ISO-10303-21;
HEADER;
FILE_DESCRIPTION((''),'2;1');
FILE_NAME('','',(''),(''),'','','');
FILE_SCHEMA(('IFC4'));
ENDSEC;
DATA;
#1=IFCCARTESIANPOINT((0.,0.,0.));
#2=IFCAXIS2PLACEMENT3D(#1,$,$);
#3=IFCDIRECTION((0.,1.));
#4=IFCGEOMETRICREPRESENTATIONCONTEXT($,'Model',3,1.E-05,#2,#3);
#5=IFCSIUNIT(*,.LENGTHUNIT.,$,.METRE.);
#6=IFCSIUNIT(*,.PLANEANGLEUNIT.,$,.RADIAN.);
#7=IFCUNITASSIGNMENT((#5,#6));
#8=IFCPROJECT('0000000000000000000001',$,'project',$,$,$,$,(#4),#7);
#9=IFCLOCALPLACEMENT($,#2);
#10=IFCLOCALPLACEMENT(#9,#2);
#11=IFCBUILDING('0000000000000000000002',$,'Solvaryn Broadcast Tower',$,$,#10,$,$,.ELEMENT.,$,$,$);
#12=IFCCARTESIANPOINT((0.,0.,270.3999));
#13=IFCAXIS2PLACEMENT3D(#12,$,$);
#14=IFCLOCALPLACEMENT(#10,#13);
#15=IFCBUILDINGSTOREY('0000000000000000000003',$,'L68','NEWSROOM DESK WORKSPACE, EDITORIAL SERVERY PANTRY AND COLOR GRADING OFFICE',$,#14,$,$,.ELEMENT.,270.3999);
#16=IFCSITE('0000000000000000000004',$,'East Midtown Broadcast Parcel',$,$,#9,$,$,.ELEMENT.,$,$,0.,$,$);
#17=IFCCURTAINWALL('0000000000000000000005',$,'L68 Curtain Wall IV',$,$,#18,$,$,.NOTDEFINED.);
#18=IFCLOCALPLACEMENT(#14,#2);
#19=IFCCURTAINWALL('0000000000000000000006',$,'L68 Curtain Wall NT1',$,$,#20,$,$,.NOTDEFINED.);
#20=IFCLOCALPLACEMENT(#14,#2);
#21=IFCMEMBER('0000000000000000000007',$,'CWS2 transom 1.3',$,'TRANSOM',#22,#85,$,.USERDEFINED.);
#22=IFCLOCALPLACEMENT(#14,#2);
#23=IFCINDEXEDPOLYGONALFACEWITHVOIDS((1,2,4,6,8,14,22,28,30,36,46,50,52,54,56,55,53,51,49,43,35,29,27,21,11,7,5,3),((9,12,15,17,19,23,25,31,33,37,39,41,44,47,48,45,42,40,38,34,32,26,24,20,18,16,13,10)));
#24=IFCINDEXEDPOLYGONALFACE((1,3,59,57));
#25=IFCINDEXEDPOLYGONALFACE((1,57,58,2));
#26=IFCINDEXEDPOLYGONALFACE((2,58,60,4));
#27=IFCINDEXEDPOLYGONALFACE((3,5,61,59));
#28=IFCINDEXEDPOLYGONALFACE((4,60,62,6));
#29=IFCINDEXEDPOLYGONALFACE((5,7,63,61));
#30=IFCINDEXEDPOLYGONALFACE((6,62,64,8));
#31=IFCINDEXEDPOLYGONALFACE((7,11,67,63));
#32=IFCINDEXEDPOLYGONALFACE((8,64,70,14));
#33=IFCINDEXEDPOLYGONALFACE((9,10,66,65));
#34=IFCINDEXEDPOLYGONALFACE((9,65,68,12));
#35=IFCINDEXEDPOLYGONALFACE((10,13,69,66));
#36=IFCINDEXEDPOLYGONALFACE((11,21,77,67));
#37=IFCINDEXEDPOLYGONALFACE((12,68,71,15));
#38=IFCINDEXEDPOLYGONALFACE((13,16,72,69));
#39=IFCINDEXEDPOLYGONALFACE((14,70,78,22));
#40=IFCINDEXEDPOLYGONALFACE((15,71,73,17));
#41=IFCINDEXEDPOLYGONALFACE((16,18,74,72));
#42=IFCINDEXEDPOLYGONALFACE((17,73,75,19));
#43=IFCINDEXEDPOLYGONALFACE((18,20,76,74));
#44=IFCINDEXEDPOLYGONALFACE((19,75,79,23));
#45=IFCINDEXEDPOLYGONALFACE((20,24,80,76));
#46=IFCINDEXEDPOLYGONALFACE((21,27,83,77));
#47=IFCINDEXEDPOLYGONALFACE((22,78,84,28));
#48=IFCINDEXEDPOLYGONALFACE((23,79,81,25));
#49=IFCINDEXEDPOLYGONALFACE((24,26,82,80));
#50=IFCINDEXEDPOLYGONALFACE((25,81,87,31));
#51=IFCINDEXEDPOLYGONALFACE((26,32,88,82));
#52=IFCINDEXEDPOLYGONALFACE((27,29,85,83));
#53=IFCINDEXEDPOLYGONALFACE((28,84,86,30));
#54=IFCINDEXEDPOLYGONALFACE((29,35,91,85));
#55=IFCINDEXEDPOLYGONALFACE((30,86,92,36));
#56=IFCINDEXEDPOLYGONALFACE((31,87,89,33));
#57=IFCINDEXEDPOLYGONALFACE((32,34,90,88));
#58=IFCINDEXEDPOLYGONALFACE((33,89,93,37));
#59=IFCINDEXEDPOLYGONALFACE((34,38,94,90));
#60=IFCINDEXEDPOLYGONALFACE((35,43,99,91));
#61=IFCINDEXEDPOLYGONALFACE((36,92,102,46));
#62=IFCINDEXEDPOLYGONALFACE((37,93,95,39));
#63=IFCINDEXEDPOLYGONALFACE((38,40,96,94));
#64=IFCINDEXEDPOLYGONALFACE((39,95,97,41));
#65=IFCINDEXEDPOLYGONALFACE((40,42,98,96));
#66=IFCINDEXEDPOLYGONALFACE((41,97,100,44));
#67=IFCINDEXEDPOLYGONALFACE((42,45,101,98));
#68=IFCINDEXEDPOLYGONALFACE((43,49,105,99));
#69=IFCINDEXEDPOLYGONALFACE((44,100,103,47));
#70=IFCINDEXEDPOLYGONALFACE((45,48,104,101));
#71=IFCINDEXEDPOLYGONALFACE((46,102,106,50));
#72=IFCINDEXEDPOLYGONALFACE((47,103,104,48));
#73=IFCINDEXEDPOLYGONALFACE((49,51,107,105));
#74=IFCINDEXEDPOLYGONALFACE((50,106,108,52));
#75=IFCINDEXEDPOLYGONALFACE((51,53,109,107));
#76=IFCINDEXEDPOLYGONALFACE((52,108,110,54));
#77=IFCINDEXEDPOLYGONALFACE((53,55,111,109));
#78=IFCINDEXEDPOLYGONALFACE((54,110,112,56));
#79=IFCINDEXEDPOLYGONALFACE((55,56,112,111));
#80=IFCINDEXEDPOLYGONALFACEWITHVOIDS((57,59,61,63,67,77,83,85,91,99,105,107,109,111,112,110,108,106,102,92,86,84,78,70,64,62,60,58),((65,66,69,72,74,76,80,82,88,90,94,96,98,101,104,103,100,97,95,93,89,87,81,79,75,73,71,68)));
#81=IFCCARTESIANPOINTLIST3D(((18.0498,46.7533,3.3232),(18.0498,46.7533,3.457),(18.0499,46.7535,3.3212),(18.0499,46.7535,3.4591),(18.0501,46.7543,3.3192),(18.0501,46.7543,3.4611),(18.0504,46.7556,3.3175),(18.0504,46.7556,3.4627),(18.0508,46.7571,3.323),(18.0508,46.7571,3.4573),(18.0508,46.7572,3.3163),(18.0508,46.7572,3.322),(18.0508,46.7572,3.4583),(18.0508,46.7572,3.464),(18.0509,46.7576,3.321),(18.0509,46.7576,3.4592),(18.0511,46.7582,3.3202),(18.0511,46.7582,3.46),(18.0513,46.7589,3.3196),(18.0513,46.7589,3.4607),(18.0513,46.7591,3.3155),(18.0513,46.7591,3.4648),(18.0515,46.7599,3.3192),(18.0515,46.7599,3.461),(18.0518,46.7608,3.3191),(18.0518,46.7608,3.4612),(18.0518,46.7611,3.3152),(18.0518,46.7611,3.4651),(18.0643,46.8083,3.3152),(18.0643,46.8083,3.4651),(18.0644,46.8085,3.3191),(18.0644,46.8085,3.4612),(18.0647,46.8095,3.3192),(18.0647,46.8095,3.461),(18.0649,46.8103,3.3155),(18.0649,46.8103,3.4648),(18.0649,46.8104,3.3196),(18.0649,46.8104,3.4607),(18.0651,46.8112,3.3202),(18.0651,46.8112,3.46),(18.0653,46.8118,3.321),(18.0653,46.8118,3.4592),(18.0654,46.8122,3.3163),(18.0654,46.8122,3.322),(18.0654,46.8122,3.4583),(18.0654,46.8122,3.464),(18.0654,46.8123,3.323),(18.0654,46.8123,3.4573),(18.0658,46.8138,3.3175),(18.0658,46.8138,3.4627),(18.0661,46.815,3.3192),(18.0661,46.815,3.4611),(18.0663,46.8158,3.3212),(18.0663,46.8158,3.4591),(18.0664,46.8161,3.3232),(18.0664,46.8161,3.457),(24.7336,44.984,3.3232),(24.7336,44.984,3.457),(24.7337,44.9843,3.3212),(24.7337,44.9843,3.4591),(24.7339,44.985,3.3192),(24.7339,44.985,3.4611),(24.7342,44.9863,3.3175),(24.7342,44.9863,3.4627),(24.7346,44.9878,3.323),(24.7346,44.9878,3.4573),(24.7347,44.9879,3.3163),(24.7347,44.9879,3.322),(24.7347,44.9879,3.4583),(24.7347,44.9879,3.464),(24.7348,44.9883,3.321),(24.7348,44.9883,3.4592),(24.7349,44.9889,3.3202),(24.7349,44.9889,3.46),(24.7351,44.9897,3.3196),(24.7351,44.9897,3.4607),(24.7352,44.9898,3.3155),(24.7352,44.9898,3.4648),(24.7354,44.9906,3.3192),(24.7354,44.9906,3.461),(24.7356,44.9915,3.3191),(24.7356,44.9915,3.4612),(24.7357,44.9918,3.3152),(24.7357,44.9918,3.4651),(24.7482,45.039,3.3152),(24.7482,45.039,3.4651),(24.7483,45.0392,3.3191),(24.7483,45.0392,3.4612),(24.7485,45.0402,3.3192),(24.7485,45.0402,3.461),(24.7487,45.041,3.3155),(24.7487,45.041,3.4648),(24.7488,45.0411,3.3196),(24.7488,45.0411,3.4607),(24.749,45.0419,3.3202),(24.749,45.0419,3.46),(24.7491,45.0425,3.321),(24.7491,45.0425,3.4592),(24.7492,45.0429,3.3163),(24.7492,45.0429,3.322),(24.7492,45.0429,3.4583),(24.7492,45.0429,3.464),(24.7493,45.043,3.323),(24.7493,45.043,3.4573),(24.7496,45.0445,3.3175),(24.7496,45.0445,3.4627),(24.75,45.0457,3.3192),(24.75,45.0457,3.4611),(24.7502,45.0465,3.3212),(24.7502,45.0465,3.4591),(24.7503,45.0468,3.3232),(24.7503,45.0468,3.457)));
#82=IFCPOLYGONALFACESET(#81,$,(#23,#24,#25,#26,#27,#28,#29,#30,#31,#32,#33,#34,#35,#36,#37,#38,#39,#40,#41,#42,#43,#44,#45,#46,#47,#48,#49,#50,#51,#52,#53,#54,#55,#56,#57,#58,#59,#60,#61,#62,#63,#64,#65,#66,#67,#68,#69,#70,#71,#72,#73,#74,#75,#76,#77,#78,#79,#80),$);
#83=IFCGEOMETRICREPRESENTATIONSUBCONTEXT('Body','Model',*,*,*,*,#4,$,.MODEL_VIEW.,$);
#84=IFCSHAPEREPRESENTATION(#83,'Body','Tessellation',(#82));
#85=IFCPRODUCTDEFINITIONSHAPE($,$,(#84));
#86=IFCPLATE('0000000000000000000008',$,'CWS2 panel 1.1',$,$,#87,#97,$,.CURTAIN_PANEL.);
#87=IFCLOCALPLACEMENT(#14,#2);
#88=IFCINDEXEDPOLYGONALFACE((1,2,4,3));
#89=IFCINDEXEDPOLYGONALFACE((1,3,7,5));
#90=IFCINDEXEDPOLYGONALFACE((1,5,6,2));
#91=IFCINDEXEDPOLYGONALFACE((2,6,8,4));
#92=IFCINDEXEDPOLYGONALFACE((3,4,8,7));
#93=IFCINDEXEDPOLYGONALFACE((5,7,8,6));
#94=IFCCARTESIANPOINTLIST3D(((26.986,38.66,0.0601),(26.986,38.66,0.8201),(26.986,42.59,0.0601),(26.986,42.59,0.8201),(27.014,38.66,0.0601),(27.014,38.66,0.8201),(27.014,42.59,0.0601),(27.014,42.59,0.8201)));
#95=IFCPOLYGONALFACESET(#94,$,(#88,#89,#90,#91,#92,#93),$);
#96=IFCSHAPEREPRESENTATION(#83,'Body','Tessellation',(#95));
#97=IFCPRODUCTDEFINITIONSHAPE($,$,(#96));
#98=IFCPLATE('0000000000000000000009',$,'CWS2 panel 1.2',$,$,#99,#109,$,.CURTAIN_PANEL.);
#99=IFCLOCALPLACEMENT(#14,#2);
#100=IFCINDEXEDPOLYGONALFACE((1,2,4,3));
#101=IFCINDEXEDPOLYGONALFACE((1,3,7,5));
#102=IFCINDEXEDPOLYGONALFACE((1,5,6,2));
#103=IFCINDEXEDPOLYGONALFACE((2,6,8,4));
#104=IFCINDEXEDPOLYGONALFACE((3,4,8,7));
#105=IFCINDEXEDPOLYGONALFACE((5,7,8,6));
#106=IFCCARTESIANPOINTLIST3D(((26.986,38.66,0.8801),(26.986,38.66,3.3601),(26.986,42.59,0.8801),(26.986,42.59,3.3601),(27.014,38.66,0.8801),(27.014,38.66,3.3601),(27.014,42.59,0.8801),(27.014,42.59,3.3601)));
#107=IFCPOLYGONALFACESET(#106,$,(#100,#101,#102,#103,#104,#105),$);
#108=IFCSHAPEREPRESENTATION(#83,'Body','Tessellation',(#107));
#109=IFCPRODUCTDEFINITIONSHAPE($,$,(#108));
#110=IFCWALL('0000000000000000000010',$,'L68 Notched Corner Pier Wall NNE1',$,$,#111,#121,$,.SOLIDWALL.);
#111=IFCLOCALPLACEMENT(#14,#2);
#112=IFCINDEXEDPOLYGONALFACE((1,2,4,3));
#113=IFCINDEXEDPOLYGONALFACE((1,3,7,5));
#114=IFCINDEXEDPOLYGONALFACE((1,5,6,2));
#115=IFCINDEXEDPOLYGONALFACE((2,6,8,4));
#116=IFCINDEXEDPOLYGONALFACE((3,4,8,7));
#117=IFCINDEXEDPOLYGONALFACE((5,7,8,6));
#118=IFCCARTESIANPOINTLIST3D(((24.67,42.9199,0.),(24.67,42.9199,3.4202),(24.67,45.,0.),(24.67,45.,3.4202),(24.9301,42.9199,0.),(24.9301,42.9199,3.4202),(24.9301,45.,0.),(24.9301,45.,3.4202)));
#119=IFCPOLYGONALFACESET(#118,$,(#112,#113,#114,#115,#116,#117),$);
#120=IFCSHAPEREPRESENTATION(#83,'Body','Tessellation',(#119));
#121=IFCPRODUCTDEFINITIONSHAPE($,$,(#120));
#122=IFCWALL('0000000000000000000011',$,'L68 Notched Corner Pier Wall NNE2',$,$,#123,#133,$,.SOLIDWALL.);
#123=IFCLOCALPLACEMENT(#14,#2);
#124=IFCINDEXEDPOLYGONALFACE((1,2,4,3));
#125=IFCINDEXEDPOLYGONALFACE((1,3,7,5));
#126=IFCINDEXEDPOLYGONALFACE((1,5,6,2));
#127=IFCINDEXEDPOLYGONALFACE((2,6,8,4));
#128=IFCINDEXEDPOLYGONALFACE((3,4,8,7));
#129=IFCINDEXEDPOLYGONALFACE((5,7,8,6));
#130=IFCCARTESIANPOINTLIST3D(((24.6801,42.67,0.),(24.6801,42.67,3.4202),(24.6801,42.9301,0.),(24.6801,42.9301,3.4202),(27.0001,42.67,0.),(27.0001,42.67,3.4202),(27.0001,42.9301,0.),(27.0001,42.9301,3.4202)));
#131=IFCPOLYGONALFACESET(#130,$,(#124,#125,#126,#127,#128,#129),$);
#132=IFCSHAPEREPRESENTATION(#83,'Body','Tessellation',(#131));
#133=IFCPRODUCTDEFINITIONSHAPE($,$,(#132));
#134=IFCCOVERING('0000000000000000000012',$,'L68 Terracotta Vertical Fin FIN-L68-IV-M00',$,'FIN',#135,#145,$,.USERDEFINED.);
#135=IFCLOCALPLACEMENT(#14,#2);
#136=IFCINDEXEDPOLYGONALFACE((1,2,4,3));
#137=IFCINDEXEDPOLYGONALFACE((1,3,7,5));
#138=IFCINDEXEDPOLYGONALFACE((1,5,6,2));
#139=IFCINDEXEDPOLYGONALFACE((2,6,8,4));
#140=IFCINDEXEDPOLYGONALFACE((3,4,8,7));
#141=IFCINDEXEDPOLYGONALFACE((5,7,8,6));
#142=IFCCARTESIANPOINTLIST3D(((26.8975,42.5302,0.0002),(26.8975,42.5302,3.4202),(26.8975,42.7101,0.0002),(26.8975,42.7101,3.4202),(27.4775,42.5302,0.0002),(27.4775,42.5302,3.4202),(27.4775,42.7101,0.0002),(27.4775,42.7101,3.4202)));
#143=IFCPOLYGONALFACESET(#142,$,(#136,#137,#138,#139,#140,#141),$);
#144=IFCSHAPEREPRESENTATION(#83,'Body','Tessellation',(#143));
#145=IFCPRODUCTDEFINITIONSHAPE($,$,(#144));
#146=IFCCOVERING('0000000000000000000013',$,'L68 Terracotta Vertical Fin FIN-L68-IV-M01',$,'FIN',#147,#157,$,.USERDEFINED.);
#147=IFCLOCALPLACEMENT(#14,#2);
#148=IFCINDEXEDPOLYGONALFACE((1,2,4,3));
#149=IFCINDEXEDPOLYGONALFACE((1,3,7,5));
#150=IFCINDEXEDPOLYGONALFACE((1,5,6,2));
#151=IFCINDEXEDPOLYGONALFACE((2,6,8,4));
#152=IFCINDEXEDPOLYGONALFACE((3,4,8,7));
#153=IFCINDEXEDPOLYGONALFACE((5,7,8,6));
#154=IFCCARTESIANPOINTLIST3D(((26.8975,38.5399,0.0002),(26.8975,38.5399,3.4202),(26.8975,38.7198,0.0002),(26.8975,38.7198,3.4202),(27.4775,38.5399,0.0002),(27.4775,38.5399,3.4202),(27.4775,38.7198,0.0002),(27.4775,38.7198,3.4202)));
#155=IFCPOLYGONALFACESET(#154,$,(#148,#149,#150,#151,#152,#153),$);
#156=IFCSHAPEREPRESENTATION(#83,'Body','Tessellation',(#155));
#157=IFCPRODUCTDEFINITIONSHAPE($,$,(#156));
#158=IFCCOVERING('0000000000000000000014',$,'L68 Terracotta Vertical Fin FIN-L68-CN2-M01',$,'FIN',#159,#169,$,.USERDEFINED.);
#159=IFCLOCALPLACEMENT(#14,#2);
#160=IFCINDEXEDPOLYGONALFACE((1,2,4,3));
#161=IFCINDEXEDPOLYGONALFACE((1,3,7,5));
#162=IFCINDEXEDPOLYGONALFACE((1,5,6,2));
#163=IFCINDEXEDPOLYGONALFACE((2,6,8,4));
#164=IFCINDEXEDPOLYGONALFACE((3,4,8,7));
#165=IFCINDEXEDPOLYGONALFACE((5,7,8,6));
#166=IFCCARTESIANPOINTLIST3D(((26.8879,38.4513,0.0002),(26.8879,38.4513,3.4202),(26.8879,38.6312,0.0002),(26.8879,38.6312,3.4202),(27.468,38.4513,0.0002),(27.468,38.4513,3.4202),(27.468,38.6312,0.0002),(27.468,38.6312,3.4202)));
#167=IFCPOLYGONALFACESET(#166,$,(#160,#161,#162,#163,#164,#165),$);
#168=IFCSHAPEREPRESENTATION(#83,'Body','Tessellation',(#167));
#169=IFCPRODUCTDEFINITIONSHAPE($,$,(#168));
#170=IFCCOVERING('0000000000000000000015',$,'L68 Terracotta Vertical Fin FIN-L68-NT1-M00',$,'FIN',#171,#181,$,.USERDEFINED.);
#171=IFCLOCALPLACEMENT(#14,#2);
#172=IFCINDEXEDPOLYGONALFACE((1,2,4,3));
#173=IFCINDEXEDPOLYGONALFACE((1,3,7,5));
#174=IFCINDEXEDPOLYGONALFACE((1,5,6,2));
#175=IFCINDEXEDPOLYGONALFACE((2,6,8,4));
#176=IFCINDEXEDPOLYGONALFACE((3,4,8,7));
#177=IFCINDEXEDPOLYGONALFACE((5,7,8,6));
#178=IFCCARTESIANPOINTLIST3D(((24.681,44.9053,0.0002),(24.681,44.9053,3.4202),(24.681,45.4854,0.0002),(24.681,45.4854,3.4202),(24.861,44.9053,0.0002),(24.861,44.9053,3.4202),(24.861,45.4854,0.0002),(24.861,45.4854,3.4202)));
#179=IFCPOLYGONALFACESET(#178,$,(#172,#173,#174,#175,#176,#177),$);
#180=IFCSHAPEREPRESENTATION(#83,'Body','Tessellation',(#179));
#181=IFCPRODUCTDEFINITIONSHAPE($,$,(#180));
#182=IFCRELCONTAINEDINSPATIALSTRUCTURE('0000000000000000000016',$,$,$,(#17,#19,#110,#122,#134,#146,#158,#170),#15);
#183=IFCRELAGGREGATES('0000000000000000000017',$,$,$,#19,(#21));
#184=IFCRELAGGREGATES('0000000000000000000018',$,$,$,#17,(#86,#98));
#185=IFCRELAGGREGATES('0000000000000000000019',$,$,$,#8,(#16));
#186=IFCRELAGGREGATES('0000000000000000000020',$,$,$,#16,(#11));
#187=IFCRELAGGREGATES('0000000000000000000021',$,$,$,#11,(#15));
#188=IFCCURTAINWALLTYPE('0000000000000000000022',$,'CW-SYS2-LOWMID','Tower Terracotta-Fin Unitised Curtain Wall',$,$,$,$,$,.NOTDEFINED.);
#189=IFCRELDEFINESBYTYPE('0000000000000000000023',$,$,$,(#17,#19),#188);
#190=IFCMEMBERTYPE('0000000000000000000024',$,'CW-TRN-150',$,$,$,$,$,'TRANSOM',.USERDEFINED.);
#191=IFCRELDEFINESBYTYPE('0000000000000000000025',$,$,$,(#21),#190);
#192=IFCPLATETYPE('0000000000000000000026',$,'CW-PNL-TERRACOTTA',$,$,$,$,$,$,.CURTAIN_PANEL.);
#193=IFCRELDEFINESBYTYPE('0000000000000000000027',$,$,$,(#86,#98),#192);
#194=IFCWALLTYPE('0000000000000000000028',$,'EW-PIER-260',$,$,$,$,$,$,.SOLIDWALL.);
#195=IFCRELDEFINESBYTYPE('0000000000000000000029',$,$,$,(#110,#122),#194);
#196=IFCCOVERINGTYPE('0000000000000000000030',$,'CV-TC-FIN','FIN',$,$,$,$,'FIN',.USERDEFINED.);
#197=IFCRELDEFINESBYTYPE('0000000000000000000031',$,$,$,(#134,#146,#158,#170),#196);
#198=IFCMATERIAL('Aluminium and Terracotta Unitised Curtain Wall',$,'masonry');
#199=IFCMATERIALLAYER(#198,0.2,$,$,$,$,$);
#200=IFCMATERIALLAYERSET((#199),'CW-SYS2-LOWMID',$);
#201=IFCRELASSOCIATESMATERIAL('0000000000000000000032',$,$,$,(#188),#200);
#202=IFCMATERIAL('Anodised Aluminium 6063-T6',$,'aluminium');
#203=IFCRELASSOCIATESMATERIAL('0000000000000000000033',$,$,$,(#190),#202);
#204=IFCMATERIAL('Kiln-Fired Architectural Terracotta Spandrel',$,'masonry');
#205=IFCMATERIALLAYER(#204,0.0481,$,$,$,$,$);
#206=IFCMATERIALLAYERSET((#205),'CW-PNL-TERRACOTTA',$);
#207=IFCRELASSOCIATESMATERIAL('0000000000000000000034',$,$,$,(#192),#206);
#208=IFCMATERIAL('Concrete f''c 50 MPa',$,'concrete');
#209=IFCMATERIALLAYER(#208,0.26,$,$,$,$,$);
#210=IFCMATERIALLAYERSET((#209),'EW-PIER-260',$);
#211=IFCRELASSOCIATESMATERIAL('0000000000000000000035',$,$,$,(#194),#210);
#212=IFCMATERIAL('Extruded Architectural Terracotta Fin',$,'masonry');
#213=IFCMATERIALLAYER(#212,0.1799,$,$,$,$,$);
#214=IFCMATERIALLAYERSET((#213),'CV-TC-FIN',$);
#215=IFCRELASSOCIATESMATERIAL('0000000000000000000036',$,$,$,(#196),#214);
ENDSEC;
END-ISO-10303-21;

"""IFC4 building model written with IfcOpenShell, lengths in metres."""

from ifc_helpers import new_model, si_unit, direction, frame, frame_2d, origin, origin_2d, place, context, subcontext, project, spatial, rectangle, hollow_rectangle, extrude, material, layer, layer_set, material_profile, profile_set, type_object, element, aggregate, save


model = new_model("IFC4")

# Units and contexts
model_context = context("Model", 3, precision=1e-05, world=origin(), true_north=direction((0.0, 1.0)))
body_context = subcontext(model_context, "Body", "Model", "MODEL_VIEW")
ifc_project = project(units=[si_unit("LENGTHUNIT", "METRE"), si_unit("PLANEANGLEUNIT", "RADIAN")], contexts=[model_context])

# Site, building, storey
site_placement = place(None, origin())
site = spatial("IfcSite", under=ifc_project, at=site_placement, Name="East Midtown Broadcast Parcel", CompositionType="ELEMENT", RefElevation=0.0)
building_placement = place(site_placement, origin())
building = spatial("IfcBuilding", under=site, at=building_placement, Name="Solvaryn Broadcast Tower", CompositionType="ELEMENT")
storey_placement = place(building_placement, frame((0.0, 0.0, 270.3999)))
storey = spatial("IfcBuildingStorey", under=building, at=storey_placement, Name="L68", Description="NEWSROOM DESK WORKSPACE, EDITORIAL SERVERY PANTRY AND COLOR GRADING OFFICE", CompositionType="ELEMENT", Elevation=270.3999)

# Curtain wall
ifc_material_1 = material(Name="Aluminium and Terracotta Unitised Curtain Wall", Category="masonry")
ifc_layer_1 = layer(ifc_material_1, 0.2)
ifc_layer_set_1 = layer_set([ifc_layer_1], Name="CW-SYS2-LOWMID")
curtain_wall_type = type_object("IfcCurtainWallType", Name="CW-SYS2-LOWMID", Description="Tower Terracotta-Fin Unitised Curtain Wall", PredefinedType="NOTDEFINED", material=ifc_layer_set_1)
curtain_wall_1_placement = place(storey_placement, origin())
curtain_wall_1 = element("IfcCurtainWall", 1, at=curtain_wall_1_placement, inside=storey, type_object=curtain_wall_type, Name="L68 Curtain Wall IV", PredefinedType="NOTDEFINED")

# Curtain wall
curtain_wall_2_placement = place(storey_placement, origin())
curtain_wall_2 = element("IfcCurtainWall", 2, at=curtain_wall_2_placement, inside=storey, type_object=curtain_wall_type, Name="L68 Curtain Wall NT1", PredefinedType="NOTDEFINED")

# Member
ifc_material_2 = material(Name="Anodised Aluminium 6063-T6", Category="aluminium")
ifc_material_profile_1 = material_profile(ifc_material_2, hollow_rectangle(XDim=0.0649, YDim=0.1499, WallThickness=0.0039, InnerFilletRadius=0.0039, OuterFilletRadius=0.0081, at=origin_2d()))
ifc_profile_set_1 = profile_set([ifc_material_profile_1], Name="Anodised Aluminium 6063-T6")
member_type_1 = type_object("IfcMemberType", Name="CW-TRN-150", ElementType="TRANSOM", PredefinedType="USERDEFINED", material=ifc_profile_set_1)
member_1_placement = place(storey_placement, frame((24.7419, 45.0154, 3.3901), z_axis=(-0.966704, 0.255897, 0.0), x_axis=(-0.255897, -0.966704, 0.0)))
member_1 = element("IfcMember", 3, at=member_1_placement, type_object=member_type_1, Name="CWS2 transom 1.3", ObjectType="TRANSOM", PredefinedType="USERDEFINED", context=body_context, shape_type="SweptSolid", body=[
    extrude(hollow_rectangle(XDim=0.0649, YDim=0.1499, WallThickness=0.0039, InnerFilletRadius=0.0039, OuterFilletRadius=0.0081, at=origin_2d()), origin(), (0.0, 0.0, 1.0), 6.9141),
])
aggregate(curtain_wall_2, [member_1])

# Plates
ifc_material_3 = material(Name="Kiln-Fired Architectural Terracotta Spandrel", Category="masonry")
ifc_layer_2 = layer(ifc_material_3, 0.0481)
ifc_layer_set_2 = layer_set([ifc_layer_2], Name="CW-PNL-TERRACOTTA")
plate_type = type_object("IfcPlateType", Name="CW-PNL-TERRACOTTA", PredefinedType="CURTAIN_PANEL", material=ifc_layer_set_2)
plate_1_placement = place(storey_placement, frame((27.0, 40.625, 0.0601), z_axis=(0.0, 0.0, 1.0), x_axis=(0.0, -1.0, 0.0)))
plate_1 = element("IfcPlate", 4, at=plate_1_placement, type_object=plate_type, Name="CWS2 panel 1.1", PredefinedType="CURTAIN_PANEL", context=body_context, shape_type="SweptSolid", body=[
    extrude(rectangle(XDim=3.9299, YDim=0.0281, at=origin_2d()), origin(), (0.0, 0.0, 1.0), 0.76),
])
plate_2_placement = place(storey_placement, frame((27.0, 40.625, 0.8801), z_axis=(0.0, 0.0, 1.0), x_axis=(0.0, -1.0, 0.0)))
plate_2 = element("IfcPlate", 5, at=plate_2_placement, type_object=plate_type, Name="CWS2 panel 1.2", PredefinedType="CURTAIN_PANEL", context=body_context, shape_type="SweptSolid", body=[
    extrude(rectangle(XDim=3.9299, YDim=0.0281, at=origin_2d()), origin(), (0.0, 0.0, 1.0), 2.48),
])
aggregate(curtain_wall_1, [plate_1, plate_2])

# Walls
ifc_material_4 = material(Name="Concrete f'c 50 MPa", Category="concrete")
ifc_layer_3 = layer(ifc_material_4, 0.26)
ifc_layer_set_3 = layer_set([ifc_layer_3], Name="EW-PIER-260")
wall_type_1 = type_object("IfcWallType", Name="EW-PIER-260", PredefinedType="SOLIDWALL", material=ifc_layer_set_3)
wall_1_placement = place(storey_placement, frame((24.8, 45.0, 0.0), z_axis=(0.0, 0.0, 1.0), x_axis=(0.0, -1.0, 0.0)))
element("IfcWall", 6, at=wall_1_placement, inside=storey, type_object=wall_type_1, Name="L68 Notched Corner Pier Wall NNE1", PredefinedType="SOLIDWALL", context=body_context, shape_type="SweptSolid", body=[
    extrude(rectangle(XDim=2.0801, YDim=0.26, at=frame_2d((1.04, 0.0))), origin(), (0.0, 0.0, 1.0), 3.4202),
])
wall_2_placement = place(storey_placement, frame((24.6799, 42.8, 0.0), z_axis=(0.0, 0.0, 1.0), x_axis=(1.0, 0.0, 0.0)))
element("IfcWall", 7, at=wall_2_placement, inside=storey, type_object=wall_type_1, Name="L68 Notched Corner Pier Wall NNE2", PredefinedType="SOLIDWALL", context=body_context, shape_type="SweptSolid", body=[
    extrude(rectangle(XDim=2.3201, YDim=0.26, at=frame_2d((1.1602, 0.0))), origin(), (0.0, 0.0, 1.0), 3.4202),
])

# Coverings
ifc_material_5 = material(Name="Extruded Architectural Terracotta Fin", Category="masonry")
ifc_layer_4 = layer(ifc_material_5, 0.1799)
ifc_layer_set_4 = layer_set([ifc_layer_4], Name="CV-TC-FIN")
covering_type = type_object("IfcCoveringType", Name="CV-TC-FIN", Description="FIN", ElementType="FIN", PredefinedType="USERDEFINED", material=ifc_layer_set_4)
for number, where, z_axis, x_axis, name in (
    (8, (27.1875, 42.6201, 0.0002), (0.0, 0.0, 1.0), (1.0, 0.0, 0.0), "L68 Terracotta Vertical Fin FIN-L68-IV-M00"),
    (9, (27.1875, 38.6299, 0.0002), (0.0, 0.0, 1.0), (1.0, 0.0, 0.0), "L68 Terracotta Vertical Fin FIN-L68-IV-M01"),
    (10, (27.178, 38.5413, 0.0002), (0.0, 0.0, 1.0), (1.0, 0.0, 0.0), "L68 Terracotta Vertical Fin FIN-L68-CN2-M01"),
):
    element("IfcCovering", number, at=place(storey_placement, frame(where, z_axis=z_axis, x_axis=x_axis)), inside=storey, type_object=covering_type, Name=name, ObjectType="FIN", PredefinedType="USERDEFINED", context=body_context, shape_type="SweptSolid", body=[
        extrude(rectangle(XDim=0.5801, YDim=0.1799, at=origin_2d()), origin(), (0.0, 0.0, 1.0), 3.4199),
    ])
covering_placement = place(storey_placement, frame((24.771, 45.1953, 0.0002), z_axis=(0.0, 0.0, 1.0), x_axis=(1.0, 0.0, 0.0)))
element("IfcCovering", 11, at=covering_placement, inside=storey, type_object=covering_type, Name="L68 Terracotta Vertical Fin FIN-L68-NT1-M00", ObjectType="FIN", PredefinedType="USERDEFINED", context=body_context, shape_type="SweptSolid", body=[
    extrude(rectangle(XDim=0.1799, YDim=0.5801, at=origin_2d()), origin(), (0.0, 0.0, 1.0), 3.4199),
])

save(model, "model.ifc")
